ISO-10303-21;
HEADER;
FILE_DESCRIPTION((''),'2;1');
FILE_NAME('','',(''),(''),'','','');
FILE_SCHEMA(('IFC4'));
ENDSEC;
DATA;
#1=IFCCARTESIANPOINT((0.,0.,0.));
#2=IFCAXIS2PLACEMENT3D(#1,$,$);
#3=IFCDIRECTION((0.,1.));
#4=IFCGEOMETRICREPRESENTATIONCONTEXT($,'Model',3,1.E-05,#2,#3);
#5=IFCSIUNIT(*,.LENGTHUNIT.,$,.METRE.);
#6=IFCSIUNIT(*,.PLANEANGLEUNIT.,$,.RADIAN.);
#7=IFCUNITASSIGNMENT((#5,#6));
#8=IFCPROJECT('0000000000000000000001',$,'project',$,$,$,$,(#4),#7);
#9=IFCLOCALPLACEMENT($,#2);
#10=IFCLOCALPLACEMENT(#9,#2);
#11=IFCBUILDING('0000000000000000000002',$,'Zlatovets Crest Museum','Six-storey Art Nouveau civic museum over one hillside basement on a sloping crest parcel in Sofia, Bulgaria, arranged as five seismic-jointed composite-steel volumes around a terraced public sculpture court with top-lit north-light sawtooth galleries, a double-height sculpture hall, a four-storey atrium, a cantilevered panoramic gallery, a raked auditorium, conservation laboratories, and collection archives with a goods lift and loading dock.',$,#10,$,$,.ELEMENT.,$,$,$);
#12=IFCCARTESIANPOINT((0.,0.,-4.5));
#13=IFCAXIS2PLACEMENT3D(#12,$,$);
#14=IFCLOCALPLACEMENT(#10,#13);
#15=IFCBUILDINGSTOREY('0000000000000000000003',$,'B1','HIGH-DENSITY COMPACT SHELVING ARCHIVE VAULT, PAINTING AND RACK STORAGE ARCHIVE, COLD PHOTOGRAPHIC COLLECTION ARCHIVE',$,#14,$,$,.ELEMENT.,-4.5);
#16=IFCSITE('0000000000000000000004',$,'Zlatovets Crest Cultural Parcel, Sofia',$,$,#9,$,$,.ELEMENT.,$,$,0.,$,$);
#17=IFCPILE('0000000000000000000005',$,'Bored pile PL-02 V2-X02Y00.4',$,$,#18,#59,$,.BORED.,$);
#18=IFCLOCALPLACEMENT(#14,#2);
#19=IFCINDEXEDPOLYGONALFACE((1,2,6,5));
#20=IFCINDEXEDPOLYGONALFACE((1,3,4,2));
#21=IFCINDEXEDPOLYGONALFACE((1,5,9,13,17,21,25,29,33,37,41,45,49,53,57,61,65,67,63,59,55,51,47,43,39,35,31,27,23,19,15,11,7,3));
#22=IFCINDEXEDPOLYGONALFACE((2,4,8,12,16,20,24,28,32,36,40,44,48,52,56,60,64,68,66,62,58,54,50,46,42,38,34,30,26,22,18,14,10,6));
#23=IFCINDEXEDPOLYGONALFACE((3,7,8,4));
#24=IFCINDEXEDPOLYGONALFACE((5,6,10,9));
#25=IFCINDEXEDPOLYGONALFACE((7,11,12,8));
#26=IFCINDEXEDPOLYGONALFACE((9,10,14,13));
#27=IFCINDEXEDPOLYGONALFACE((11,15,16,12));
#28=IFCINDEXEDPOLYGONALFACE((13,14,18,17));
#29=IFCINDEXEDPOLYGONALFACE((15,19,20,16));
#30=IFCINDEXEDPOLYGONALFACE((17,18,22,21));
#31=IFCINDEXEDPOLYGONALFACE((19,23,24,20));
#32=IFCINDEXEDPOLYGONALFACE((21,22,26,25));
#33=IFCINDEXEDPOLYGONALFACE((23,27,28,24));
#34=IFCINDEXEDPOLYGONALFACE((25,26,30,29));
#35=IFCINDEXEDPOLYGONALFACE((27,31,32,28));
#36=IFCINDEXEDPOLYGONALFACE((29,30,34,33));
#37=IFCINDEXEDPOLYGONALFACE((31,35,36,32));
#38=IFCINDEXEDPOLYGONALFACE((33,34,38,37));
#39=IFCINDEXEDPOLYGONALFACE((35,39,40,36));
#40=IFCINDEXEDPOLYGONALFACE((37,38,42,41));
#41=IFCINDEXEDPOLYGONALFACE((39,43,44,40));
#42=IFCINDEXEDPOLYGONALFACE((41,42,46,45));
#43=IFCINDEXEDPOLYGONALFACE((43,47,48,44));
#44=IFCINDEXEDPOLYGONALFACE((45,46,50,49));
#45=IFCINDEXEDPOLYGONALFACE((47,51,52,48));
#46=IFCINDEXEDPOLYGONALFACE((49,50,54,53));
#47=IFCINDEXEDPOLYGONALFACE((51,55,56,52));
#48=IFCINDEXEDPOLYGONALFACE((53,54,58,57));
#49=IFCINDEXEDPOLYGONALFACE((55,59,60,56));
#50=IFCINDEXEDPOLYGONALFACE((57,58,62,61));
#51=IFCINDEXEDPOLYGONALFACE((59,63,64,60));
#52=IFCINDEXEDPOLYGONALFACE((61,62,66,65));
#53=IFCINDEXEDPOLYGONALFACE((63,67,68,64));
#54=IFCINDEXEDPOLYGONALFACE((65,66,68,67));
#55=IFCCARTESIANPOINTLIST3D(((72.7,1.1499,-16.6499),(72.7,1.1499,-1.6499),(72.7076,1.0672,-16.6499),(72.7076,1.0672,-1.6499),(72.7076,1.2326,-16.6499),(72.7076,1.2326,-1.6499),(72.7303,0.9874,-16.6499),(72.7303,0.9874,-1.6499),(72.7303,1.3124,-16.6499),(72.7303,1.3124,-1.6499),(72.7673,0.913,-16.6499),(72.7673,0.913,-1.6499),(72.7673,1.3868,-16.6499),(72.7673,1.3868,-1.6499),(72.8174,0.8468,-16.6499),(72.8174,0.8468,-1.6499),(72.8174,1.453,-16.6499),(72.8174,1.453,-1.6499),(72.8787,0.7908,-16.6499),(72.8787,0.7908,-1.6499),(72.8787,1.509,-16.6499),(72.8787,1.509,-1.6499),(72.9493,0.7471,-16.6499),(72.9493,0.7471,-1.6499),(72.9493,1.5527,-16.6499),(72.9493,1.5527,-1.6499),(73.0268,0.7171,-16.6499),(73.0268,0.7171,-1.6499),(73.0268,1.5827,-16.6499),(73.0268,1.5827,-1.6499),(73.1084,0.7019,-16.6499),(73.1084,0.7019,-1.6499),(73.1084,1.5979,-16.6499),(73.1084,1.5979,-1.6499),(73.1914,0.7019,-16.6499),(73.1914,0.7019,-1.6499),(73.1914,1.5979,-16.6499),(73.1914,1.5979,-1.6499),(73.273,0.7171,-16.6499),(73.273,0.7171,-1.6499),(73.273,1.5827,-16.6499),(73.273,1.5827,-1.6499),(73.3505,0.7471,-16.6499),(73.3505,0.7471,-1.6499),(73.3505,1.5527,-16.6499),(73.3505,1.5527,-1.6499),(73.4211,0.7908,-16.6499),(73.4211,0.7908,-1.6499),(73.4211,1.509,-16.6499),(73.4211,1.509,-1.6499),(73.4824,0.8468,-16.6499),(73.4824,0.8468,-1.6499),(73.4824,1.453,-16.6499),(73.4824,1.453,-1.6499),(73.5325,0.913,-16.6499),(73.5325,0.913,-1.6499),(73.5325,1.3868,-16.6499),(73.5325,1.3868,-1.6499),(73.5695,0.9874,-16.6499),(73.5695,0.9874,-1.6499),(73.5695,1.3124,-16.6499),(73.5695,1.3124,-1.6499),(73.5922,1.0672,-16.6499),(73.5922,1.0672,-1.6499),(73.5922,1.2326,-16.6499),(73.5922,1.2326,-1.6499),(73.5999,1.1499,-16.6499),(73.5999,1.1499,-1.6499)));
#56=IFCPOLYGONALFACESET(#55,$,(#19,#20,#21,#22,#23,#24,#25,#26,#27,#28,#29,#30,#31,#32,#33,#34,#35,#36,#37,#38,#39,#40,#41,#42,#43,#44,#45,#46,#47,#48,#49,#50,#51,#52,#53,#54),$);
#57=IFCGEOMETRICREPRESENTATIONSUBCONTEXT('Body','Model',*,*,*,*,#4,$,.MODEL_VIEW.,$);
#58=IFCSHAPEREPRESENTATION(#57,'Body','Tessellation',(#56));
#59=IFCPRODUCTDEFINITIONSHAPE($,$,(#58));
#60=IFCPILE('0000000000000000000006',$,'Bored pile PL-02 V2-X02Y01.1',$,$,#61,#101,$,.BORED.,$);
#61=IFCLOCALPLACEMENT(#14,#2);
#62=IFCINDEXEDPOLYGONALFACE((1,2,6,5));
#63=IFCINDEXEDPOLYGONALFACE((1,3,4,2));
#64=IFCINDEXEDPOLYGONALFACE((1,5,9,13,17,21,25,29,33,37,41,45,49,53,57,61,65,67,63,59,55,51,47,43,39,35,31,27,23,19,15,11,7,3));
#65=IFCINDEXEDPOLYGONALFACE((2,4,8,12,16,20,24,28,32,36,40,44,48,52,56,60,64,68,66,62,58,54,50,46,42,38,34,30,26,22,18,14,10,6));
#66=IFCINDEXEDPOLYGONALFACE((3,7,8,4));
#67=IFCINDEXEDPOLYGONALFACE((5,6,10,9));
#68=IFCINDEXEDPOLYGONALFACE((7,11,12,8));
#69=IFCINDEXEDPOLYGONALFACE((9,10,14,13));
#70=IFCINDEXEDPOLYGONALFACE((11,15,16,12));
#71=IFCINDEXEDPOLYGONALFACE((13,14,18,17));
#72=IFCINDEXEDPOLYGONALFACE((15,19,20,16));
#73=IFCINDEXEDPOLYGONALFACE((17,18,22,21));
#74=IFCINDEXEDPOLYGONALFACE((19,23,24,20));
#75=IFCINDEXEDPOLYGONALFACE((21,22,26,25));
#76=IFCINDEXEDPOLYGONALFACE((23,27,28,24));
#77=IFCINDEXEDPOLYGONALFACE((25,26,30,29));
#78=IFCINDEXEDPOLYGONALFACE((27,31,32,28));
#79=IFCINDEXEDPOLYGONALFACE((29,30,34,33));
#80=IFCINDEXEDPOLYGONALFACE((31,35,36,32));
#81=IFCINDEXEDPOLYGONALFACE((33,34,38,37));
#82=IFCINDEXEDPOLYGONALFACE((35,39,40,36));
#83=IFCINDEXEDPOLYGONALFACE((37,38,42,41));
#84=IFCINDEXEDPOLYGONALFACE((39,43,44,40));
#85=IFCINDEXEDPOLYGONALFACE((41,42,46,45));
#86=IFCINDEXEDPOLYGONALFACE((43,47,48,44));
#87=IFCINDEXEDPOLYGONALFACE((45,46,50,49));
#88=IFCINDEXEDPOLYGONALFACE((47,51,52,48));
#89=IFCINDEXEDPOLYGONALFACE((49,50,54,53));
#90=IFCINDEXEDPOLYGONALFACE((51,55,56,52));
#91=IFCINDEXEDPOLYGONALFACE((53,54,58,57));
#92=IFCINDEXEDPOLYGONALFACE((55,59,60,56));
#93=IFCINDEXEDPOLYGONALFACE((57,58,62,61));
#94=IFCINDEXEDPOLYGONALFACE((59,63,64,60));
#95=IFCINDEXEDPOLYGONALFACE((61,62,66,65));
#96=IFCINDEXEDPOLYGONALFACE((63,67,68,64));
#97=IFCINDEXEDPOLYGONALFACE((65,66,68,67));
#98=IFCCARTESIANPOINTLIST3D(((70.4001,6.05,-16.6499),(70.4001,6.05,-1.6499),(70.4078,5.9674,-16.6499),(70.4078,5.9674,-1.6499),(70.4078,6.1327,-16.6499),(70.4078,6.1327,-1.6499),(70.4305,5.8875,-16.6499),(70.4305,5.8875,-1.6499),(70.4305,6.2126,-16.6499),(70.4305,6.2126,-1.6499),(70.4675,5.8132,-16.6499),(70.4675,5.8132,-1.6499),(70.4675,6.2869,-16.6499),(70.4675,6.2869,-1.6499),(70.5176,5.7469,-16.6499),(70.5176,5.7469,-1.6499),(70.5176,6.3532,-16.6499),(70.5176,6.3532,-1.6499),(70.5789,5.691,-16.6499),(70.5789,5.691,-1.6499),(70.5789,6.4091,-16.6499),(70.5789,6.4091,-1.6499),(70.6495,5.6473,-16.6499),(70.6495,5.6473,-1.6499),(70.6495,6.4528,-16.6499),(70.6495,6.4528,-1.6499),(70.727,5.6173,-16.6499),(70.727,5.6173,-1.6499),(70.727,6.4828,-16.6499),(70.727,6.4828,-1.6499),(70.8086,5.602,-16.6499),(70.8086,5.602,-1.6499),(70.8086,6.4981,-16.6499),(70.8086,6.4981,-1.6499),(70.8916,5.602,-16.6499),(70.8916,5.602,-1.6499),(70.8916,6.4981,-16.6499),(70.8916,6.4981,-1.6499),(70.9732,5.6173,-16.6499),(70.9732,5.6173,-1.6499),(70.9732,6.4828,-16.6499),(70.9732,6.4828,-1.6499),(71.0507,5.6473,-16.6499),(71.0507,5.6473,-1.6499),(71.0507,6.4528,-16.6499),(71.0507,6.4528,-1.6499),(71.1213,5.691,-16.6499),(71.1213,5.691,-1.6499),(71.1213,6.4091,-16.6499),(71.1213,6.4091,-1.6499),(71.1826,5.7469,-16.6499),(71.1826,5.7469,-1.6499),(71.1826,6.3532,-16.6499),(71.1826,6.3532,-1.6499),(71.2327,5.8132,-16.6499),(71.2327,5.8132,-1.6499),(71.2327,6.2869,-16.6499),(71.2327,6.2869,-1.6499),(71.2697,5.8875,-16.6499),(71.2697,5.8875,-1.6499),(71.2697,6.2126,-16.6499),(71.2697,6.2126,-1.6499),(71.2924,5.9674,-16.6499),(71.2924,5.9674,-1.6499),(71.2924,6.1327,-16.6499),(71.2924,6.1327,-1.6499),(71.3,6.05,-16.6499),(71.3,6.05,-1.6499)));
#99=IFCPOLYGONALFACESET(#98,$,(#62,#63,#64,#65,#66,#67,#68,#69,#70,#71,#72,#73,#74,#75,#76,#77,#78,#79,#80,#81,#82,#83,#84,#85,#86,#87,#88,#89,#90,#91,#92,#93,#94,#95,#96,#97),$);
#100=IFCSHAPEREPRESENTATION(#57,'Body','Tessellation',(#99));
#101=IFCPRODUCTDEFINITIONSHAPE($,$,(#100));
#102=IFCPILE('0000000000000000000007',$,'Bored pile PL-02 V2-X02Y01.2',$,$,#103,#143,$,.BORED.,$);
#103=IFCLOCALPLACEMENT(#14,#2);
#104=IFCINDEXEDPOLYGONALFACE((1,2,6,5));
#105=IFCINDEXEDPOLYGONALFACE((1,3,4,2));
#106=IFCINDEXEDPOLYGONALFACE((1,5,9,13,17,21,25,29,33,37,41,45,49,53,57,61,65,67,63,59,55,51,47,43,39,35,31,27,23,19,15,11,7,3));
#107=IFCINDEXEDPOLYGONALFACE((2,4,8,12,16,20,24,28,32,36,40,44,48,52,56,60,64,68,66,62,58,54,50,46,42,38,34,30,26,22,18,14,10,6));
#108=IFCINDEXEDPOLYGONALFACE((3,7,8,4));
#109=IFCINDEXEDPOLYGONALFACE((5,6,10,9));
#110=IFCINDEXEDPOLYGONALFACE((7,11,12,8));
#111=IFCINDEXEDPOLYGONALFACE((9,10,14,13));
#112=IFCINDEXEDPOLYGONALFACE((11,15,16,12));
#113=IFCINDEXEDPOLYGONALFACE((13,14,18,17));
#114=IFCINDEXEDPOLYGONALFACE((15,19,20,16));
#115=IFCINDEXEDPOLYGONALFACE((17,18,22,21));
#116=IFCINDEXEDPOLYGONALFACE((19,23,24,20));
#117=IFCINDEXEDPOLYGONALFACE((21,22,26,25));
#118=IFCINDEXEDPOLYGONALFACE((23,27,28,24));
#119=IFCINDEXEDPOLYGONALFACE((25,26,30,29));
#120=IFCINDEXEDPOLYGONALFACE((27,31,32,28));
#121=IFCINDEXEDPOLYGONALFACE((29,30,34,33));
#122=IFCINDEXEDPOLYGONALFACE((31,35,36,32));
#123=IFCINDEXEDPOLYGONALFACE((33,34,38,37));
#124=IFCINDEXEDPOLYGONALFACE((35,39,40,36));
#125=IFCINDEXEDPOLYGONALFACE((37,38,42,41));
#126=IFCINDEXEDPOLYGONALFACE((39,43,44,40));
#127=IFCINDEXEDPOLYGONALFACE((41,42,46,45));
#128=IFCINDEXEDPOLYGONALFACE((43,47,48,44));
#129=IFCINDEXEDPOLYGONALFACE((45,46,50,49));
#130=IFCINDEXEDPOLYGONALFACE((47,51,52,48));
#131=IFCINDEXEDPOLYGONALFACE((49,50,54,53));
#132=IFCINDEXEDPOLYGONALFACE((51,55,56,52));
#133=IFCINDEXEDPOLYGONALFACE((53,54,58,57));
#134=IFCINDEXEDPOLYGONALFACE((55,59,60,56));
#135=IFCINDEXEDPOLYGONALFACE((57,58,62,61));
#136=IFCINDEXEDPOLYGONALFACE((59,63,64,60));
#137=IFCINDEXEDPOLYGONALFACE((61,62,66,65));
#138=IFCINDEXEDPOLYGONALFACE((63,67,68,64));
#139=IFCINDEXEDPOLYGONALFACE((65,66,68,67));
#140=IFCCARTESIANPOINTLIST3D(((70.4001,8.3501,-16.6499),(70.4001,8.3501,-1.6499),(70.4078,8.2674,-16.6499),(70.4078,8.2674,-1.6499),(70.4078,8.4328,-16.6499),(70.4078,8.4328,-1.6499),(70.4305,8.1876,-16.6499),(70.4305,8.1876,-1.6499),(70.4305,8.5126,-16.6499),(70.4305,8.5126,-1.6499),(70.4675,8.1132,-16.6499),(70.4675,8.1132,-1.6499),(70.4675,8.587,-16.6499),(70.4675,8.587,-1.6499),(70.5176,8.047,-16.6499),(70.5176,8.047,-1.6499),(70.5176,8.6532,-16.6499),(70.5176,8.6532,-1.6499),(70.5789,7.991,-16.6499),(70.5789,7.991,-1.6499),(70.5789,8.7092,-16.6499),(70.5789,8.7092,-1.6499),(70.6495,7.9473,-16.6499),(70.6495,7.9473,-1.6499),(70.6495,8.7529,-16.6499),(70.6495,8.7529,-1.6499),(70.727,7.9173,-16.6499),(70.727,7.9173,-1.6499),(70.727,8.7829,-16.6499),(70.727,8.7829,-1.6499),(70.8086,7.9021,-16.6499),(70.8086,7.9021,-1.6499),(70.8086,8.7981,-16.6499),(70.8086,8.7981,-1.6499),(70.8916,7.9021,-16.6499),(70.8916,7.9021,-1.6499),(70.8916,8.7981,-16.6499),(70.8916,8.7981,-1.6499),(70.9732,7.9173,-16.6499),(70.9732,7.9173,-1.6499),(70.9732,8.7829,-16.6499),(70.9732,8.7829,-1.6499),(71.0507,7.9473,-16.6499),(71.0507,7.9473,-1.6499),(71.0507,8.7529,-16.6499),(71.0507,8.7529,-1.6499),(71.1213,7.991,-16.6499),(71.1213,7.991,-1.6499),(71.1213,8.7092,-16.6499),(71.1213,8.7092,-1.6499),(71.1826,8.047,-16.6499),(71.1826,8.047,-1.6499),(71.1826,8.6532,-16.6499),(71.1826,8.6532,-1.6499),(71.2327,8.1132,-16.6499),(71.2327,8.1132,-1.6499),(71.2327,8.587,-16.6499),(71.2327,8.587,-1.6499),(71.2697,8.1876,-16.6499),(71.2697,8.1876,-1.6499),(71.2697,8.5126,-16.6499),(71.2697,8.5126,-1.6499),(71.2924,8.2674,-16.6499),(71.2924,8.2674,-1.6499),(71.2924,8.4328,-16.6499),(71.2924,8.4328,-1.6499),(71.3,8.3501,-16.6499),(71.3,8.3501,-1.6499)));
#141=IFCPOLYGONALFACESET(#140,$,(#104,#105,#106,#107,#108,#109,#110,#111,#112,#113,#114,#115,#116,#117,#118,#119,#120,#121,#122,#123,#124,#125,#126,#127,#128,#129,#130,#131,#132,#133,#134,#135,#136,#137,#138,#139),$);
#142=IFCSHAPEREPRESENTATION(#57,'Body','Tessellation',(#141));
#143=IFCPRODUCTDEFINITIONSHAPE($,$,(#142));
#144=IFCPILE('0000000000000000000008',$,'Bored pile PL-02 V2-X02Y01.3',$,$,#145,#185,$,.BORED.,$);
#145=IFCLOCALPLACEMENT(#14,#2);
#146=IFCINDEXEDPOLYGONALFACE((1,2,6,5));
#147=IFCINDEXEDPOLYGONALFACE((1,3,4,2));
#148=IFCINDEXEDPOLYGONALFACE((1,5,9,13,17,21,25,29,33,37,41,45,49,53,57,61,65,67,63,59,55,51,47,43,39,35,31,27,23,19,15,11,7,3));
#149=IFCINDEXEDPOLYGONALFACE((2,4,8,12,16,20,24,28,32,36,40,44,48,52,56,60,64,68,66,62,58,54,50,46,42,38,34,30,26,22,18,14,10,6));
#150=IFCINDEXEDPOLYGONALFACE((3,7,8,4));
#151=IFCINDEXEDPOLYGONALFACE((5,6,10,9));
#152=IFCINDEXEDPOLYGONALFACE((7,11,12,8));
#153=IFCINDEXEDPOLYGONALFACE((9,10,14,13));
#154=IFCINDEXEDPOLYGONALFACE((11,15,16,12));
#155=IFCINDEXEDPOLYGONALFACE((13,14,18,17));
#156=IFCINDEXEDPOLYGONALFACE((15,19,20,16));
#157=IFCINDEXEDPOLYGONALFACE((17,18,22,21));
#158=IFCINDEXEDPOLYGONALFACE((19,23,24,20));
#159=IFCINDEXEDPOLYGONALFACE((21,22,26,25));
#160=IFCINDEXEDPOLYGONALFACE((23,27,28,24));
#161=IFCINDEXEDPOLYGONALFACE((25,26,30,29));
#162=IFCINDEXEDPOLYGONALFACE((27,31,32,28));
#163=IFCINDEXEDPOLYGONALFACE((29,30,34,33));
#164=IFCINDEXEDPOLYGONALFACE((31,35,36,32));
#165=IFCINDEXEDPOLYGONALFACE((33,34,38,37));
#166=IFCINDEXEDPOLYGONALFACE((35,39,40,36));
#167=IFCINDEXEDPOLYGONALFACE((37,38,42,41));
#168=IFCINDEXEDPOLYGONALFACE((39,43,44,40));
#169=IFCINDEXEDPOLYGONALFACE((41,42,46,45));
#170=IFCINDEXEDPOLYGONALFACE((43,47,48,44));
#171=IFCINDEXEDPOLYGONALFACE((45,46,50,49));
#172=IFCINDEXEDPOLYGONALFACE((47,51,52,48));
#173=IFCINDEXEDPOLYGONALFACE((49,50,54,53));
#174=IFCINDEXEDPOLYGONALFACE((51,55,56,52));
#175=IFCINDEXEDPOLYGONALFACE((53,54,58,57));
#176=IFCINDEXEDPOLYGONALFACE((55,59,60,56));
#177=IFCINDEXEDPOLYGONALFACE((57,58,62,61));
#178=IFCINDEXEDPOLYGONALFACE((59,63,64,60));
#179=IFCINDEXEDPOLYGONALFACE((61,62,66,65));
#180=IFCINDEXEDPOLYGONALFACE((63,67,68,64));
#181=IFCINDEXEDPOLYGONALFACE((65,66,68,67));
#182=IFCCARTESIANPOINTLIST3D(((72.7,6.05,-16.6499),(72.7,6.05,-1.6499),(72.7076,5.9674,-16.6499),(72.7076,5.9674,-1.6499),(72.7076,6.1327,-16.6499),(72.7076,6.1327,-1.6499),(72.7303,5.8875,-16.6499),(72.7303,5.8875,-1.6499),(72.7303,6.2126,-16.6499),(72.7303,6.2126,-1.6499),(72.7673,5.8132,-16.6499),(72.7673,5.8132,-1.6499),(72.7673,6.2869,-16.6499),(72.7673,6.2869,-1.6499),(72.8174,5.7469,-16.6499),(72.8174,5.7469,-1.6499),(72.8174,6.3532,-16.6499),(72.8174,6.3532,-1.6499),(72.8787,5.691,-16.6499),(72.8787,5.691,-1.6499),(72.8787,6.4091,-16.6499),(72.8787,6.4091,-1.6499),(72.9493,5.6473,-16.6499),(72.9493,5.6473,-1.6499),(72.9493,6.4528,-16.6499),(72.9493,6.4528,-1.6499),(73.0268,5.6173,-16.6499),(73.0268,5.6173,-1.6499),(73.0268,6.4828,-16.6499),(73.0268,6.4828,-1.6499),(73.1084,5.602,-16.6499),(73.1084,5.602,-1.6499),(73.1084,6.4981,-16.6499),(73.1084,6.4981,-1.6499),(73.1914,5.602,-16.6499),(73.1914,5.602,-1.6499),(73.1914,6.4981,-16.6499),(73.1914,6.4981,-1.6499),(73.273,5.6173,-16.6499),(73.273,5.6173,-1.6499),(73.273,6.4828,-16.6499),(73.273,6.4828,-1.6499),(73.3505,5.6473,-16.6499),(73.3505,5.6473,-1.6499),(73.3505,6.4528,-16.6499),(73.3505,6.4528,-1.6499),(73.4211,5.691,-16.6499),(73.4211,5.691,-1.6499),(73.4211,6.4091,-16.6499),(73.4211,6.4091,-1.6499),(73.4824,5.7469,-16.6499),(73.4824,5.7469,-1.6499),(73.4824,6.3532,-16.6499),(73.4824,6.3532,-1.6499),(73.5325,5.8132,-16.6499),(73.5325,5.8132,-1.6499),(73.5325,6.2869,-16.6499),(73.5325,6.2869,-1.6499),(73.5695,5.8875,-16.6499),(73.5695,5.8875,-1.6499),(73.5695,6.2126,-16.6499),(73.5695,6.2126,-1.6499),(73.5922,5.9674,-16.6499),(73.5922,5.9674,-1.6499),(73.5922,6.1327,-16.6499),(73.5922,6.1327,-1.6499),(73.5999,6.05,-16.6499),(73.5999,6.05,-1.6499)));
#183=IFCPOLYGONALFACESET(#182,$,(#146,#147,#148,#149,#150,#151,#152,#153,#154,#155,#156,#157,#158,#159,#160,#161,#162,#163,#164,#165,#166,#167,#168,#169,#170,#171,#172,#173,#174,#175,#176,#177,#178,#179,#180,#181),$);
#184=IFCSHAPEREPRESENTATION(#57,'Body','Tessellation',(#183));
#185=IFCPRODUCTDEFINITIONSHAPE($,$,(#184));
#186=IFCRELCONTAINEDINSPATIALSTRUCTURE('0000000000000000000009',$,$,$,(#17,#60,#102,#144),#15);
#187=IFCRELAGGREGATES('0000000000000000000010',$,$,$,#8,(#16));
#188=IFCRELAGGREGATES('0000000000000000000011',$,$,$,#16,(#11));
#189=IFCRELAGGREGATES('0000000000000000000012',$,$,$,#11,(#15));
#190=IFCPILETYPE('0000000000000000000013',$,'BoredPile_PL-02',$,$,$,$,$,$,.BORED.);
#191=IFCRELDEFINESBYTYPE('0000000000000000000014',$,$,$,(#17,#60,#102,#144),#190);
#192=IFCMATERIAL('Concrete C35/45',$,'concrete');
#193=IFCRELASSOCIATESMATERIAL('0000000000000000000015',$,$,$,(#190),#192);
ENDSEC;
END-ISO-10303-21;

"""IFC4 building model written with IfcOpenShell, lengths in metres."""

from ifc_helpers import new_model, si_unit, direction, frame, origin, origin_2d, place, context, subcontext, project, spatial, circle, extrude, material, material_profile, profile_set, type_object, element, save


model = new_model("IFC4")

# Units and contexts
model_context = context("Model", 3, precision=1e-05, world=origin(), true_north=direction((0.0, 1.0)))
body_context = subcontext(model_context, "Body", "Model", "MODEL_VIEW")
ifc_project = project(units=[si_unit("LENGTHUNIT", "METRE"), si_unit("PLANEANGLEUNIT", "RADIAN")], contexts=[model_context])

# Site, building, storey
site_placement = place(None, origin())
site = spatial("IfcSite", under=ifc_project, at=site_placement, Name="Zlatovets Crest Cultural Parcel, Sofia", CompositionType="ELEMENT", RefElevation=0.0)
building_placement = place(site_placement, origin())
building = spatial("IfcBuilding", under=site, at=building_placement, Name="Zlatovets Crest Museum", Description="Six-storey Art Nouveau civic museum over one hillside basement on a sloping crest parcel in Sofia, Bulgaria, arranged as five seismic-jointed composite-steel volumes around a terraced public sculpture court with top-lit north-light sawtooth galleries, a double-height sculpture hall, a four-storey atrium, a cantilevered panoramic gallery, a raked auditorium, conservation laboratories, and collection archives with a goods lift and loading dock.", CompositionType="ELEMENT")
storey_placement = place(building_placement, frame((0.0, 0.0, -4.5)))
storey = spatial("IfcBuildingStorey", under=building, at=storey_placement, Name="B1", Description="HIGH-DENSITY COMPACT SHELVING ARCHIVE VAULT, PAINTING AND RACK STORAGE ARCHIVE, COLD PHOTOGRAPHIC COLLECTION ARCHIVE", CompositionType="ELEMENT", Elevation=-4.5)

# Piles
ifc_material = material(Name="Concrete C35/45", Category="concrete")
ifc_material_profile_1 = material_profile(ifc_material, circle(Radius=0.45, at=origin_2d()), Name="PILE D900")
ifc_profile_set_1 = profile_set([ifc_material_profile_1], Name="Concrete C35/45")
pile_type = type_object("IfcPileType", Name="BoredPile_PL-02", PredefinedType="BORED", material=ifc_profile_set_1)
for number, where, z_axis, x_axis, name in (
    (1, (73.1499, 1.1499, -1.6499), (0.0, 0.0, -1.0), (1.0, 0.0, 0.0), "Bored pile PL-02 V2-X02Y00.4"),
    (2, (70.8501, 6.05, -1.6499), (0.0, 0.0, -1.0), (1.0, 0.0, 0.0), "Bored pile PL-02 V2-X02Y01.1"),
    (3, (70.8501, 8.3501, -1.6499), (0.0, 0.0, -1.0), (1.0, 0.0, 0.0), "Bored pile PL-02 V2-X02Y01.2"),
    (4, (73.1499, 6.05, -1.6499), (0.0, 0.0, -1.0), (1.0, 0.0, 0.0), "Bored pile PL-02 V2-X02Y01.3"),
):
    element("IfcPile", number, at=place(storey_placement, frame(where, z_axis=z_axis, x_axis=x_axis)), inside=storey, type_object=pile_type, Name=name, PredefinedType="BORED", context=body_context, shape_type="SweptSolid", body=[
        extrude(circle(Radius=0.45, at=origin_2d()), origin(), (0.0, 0.0, 1.0), 15.0),
    ])

save(model, "model.ifc")
